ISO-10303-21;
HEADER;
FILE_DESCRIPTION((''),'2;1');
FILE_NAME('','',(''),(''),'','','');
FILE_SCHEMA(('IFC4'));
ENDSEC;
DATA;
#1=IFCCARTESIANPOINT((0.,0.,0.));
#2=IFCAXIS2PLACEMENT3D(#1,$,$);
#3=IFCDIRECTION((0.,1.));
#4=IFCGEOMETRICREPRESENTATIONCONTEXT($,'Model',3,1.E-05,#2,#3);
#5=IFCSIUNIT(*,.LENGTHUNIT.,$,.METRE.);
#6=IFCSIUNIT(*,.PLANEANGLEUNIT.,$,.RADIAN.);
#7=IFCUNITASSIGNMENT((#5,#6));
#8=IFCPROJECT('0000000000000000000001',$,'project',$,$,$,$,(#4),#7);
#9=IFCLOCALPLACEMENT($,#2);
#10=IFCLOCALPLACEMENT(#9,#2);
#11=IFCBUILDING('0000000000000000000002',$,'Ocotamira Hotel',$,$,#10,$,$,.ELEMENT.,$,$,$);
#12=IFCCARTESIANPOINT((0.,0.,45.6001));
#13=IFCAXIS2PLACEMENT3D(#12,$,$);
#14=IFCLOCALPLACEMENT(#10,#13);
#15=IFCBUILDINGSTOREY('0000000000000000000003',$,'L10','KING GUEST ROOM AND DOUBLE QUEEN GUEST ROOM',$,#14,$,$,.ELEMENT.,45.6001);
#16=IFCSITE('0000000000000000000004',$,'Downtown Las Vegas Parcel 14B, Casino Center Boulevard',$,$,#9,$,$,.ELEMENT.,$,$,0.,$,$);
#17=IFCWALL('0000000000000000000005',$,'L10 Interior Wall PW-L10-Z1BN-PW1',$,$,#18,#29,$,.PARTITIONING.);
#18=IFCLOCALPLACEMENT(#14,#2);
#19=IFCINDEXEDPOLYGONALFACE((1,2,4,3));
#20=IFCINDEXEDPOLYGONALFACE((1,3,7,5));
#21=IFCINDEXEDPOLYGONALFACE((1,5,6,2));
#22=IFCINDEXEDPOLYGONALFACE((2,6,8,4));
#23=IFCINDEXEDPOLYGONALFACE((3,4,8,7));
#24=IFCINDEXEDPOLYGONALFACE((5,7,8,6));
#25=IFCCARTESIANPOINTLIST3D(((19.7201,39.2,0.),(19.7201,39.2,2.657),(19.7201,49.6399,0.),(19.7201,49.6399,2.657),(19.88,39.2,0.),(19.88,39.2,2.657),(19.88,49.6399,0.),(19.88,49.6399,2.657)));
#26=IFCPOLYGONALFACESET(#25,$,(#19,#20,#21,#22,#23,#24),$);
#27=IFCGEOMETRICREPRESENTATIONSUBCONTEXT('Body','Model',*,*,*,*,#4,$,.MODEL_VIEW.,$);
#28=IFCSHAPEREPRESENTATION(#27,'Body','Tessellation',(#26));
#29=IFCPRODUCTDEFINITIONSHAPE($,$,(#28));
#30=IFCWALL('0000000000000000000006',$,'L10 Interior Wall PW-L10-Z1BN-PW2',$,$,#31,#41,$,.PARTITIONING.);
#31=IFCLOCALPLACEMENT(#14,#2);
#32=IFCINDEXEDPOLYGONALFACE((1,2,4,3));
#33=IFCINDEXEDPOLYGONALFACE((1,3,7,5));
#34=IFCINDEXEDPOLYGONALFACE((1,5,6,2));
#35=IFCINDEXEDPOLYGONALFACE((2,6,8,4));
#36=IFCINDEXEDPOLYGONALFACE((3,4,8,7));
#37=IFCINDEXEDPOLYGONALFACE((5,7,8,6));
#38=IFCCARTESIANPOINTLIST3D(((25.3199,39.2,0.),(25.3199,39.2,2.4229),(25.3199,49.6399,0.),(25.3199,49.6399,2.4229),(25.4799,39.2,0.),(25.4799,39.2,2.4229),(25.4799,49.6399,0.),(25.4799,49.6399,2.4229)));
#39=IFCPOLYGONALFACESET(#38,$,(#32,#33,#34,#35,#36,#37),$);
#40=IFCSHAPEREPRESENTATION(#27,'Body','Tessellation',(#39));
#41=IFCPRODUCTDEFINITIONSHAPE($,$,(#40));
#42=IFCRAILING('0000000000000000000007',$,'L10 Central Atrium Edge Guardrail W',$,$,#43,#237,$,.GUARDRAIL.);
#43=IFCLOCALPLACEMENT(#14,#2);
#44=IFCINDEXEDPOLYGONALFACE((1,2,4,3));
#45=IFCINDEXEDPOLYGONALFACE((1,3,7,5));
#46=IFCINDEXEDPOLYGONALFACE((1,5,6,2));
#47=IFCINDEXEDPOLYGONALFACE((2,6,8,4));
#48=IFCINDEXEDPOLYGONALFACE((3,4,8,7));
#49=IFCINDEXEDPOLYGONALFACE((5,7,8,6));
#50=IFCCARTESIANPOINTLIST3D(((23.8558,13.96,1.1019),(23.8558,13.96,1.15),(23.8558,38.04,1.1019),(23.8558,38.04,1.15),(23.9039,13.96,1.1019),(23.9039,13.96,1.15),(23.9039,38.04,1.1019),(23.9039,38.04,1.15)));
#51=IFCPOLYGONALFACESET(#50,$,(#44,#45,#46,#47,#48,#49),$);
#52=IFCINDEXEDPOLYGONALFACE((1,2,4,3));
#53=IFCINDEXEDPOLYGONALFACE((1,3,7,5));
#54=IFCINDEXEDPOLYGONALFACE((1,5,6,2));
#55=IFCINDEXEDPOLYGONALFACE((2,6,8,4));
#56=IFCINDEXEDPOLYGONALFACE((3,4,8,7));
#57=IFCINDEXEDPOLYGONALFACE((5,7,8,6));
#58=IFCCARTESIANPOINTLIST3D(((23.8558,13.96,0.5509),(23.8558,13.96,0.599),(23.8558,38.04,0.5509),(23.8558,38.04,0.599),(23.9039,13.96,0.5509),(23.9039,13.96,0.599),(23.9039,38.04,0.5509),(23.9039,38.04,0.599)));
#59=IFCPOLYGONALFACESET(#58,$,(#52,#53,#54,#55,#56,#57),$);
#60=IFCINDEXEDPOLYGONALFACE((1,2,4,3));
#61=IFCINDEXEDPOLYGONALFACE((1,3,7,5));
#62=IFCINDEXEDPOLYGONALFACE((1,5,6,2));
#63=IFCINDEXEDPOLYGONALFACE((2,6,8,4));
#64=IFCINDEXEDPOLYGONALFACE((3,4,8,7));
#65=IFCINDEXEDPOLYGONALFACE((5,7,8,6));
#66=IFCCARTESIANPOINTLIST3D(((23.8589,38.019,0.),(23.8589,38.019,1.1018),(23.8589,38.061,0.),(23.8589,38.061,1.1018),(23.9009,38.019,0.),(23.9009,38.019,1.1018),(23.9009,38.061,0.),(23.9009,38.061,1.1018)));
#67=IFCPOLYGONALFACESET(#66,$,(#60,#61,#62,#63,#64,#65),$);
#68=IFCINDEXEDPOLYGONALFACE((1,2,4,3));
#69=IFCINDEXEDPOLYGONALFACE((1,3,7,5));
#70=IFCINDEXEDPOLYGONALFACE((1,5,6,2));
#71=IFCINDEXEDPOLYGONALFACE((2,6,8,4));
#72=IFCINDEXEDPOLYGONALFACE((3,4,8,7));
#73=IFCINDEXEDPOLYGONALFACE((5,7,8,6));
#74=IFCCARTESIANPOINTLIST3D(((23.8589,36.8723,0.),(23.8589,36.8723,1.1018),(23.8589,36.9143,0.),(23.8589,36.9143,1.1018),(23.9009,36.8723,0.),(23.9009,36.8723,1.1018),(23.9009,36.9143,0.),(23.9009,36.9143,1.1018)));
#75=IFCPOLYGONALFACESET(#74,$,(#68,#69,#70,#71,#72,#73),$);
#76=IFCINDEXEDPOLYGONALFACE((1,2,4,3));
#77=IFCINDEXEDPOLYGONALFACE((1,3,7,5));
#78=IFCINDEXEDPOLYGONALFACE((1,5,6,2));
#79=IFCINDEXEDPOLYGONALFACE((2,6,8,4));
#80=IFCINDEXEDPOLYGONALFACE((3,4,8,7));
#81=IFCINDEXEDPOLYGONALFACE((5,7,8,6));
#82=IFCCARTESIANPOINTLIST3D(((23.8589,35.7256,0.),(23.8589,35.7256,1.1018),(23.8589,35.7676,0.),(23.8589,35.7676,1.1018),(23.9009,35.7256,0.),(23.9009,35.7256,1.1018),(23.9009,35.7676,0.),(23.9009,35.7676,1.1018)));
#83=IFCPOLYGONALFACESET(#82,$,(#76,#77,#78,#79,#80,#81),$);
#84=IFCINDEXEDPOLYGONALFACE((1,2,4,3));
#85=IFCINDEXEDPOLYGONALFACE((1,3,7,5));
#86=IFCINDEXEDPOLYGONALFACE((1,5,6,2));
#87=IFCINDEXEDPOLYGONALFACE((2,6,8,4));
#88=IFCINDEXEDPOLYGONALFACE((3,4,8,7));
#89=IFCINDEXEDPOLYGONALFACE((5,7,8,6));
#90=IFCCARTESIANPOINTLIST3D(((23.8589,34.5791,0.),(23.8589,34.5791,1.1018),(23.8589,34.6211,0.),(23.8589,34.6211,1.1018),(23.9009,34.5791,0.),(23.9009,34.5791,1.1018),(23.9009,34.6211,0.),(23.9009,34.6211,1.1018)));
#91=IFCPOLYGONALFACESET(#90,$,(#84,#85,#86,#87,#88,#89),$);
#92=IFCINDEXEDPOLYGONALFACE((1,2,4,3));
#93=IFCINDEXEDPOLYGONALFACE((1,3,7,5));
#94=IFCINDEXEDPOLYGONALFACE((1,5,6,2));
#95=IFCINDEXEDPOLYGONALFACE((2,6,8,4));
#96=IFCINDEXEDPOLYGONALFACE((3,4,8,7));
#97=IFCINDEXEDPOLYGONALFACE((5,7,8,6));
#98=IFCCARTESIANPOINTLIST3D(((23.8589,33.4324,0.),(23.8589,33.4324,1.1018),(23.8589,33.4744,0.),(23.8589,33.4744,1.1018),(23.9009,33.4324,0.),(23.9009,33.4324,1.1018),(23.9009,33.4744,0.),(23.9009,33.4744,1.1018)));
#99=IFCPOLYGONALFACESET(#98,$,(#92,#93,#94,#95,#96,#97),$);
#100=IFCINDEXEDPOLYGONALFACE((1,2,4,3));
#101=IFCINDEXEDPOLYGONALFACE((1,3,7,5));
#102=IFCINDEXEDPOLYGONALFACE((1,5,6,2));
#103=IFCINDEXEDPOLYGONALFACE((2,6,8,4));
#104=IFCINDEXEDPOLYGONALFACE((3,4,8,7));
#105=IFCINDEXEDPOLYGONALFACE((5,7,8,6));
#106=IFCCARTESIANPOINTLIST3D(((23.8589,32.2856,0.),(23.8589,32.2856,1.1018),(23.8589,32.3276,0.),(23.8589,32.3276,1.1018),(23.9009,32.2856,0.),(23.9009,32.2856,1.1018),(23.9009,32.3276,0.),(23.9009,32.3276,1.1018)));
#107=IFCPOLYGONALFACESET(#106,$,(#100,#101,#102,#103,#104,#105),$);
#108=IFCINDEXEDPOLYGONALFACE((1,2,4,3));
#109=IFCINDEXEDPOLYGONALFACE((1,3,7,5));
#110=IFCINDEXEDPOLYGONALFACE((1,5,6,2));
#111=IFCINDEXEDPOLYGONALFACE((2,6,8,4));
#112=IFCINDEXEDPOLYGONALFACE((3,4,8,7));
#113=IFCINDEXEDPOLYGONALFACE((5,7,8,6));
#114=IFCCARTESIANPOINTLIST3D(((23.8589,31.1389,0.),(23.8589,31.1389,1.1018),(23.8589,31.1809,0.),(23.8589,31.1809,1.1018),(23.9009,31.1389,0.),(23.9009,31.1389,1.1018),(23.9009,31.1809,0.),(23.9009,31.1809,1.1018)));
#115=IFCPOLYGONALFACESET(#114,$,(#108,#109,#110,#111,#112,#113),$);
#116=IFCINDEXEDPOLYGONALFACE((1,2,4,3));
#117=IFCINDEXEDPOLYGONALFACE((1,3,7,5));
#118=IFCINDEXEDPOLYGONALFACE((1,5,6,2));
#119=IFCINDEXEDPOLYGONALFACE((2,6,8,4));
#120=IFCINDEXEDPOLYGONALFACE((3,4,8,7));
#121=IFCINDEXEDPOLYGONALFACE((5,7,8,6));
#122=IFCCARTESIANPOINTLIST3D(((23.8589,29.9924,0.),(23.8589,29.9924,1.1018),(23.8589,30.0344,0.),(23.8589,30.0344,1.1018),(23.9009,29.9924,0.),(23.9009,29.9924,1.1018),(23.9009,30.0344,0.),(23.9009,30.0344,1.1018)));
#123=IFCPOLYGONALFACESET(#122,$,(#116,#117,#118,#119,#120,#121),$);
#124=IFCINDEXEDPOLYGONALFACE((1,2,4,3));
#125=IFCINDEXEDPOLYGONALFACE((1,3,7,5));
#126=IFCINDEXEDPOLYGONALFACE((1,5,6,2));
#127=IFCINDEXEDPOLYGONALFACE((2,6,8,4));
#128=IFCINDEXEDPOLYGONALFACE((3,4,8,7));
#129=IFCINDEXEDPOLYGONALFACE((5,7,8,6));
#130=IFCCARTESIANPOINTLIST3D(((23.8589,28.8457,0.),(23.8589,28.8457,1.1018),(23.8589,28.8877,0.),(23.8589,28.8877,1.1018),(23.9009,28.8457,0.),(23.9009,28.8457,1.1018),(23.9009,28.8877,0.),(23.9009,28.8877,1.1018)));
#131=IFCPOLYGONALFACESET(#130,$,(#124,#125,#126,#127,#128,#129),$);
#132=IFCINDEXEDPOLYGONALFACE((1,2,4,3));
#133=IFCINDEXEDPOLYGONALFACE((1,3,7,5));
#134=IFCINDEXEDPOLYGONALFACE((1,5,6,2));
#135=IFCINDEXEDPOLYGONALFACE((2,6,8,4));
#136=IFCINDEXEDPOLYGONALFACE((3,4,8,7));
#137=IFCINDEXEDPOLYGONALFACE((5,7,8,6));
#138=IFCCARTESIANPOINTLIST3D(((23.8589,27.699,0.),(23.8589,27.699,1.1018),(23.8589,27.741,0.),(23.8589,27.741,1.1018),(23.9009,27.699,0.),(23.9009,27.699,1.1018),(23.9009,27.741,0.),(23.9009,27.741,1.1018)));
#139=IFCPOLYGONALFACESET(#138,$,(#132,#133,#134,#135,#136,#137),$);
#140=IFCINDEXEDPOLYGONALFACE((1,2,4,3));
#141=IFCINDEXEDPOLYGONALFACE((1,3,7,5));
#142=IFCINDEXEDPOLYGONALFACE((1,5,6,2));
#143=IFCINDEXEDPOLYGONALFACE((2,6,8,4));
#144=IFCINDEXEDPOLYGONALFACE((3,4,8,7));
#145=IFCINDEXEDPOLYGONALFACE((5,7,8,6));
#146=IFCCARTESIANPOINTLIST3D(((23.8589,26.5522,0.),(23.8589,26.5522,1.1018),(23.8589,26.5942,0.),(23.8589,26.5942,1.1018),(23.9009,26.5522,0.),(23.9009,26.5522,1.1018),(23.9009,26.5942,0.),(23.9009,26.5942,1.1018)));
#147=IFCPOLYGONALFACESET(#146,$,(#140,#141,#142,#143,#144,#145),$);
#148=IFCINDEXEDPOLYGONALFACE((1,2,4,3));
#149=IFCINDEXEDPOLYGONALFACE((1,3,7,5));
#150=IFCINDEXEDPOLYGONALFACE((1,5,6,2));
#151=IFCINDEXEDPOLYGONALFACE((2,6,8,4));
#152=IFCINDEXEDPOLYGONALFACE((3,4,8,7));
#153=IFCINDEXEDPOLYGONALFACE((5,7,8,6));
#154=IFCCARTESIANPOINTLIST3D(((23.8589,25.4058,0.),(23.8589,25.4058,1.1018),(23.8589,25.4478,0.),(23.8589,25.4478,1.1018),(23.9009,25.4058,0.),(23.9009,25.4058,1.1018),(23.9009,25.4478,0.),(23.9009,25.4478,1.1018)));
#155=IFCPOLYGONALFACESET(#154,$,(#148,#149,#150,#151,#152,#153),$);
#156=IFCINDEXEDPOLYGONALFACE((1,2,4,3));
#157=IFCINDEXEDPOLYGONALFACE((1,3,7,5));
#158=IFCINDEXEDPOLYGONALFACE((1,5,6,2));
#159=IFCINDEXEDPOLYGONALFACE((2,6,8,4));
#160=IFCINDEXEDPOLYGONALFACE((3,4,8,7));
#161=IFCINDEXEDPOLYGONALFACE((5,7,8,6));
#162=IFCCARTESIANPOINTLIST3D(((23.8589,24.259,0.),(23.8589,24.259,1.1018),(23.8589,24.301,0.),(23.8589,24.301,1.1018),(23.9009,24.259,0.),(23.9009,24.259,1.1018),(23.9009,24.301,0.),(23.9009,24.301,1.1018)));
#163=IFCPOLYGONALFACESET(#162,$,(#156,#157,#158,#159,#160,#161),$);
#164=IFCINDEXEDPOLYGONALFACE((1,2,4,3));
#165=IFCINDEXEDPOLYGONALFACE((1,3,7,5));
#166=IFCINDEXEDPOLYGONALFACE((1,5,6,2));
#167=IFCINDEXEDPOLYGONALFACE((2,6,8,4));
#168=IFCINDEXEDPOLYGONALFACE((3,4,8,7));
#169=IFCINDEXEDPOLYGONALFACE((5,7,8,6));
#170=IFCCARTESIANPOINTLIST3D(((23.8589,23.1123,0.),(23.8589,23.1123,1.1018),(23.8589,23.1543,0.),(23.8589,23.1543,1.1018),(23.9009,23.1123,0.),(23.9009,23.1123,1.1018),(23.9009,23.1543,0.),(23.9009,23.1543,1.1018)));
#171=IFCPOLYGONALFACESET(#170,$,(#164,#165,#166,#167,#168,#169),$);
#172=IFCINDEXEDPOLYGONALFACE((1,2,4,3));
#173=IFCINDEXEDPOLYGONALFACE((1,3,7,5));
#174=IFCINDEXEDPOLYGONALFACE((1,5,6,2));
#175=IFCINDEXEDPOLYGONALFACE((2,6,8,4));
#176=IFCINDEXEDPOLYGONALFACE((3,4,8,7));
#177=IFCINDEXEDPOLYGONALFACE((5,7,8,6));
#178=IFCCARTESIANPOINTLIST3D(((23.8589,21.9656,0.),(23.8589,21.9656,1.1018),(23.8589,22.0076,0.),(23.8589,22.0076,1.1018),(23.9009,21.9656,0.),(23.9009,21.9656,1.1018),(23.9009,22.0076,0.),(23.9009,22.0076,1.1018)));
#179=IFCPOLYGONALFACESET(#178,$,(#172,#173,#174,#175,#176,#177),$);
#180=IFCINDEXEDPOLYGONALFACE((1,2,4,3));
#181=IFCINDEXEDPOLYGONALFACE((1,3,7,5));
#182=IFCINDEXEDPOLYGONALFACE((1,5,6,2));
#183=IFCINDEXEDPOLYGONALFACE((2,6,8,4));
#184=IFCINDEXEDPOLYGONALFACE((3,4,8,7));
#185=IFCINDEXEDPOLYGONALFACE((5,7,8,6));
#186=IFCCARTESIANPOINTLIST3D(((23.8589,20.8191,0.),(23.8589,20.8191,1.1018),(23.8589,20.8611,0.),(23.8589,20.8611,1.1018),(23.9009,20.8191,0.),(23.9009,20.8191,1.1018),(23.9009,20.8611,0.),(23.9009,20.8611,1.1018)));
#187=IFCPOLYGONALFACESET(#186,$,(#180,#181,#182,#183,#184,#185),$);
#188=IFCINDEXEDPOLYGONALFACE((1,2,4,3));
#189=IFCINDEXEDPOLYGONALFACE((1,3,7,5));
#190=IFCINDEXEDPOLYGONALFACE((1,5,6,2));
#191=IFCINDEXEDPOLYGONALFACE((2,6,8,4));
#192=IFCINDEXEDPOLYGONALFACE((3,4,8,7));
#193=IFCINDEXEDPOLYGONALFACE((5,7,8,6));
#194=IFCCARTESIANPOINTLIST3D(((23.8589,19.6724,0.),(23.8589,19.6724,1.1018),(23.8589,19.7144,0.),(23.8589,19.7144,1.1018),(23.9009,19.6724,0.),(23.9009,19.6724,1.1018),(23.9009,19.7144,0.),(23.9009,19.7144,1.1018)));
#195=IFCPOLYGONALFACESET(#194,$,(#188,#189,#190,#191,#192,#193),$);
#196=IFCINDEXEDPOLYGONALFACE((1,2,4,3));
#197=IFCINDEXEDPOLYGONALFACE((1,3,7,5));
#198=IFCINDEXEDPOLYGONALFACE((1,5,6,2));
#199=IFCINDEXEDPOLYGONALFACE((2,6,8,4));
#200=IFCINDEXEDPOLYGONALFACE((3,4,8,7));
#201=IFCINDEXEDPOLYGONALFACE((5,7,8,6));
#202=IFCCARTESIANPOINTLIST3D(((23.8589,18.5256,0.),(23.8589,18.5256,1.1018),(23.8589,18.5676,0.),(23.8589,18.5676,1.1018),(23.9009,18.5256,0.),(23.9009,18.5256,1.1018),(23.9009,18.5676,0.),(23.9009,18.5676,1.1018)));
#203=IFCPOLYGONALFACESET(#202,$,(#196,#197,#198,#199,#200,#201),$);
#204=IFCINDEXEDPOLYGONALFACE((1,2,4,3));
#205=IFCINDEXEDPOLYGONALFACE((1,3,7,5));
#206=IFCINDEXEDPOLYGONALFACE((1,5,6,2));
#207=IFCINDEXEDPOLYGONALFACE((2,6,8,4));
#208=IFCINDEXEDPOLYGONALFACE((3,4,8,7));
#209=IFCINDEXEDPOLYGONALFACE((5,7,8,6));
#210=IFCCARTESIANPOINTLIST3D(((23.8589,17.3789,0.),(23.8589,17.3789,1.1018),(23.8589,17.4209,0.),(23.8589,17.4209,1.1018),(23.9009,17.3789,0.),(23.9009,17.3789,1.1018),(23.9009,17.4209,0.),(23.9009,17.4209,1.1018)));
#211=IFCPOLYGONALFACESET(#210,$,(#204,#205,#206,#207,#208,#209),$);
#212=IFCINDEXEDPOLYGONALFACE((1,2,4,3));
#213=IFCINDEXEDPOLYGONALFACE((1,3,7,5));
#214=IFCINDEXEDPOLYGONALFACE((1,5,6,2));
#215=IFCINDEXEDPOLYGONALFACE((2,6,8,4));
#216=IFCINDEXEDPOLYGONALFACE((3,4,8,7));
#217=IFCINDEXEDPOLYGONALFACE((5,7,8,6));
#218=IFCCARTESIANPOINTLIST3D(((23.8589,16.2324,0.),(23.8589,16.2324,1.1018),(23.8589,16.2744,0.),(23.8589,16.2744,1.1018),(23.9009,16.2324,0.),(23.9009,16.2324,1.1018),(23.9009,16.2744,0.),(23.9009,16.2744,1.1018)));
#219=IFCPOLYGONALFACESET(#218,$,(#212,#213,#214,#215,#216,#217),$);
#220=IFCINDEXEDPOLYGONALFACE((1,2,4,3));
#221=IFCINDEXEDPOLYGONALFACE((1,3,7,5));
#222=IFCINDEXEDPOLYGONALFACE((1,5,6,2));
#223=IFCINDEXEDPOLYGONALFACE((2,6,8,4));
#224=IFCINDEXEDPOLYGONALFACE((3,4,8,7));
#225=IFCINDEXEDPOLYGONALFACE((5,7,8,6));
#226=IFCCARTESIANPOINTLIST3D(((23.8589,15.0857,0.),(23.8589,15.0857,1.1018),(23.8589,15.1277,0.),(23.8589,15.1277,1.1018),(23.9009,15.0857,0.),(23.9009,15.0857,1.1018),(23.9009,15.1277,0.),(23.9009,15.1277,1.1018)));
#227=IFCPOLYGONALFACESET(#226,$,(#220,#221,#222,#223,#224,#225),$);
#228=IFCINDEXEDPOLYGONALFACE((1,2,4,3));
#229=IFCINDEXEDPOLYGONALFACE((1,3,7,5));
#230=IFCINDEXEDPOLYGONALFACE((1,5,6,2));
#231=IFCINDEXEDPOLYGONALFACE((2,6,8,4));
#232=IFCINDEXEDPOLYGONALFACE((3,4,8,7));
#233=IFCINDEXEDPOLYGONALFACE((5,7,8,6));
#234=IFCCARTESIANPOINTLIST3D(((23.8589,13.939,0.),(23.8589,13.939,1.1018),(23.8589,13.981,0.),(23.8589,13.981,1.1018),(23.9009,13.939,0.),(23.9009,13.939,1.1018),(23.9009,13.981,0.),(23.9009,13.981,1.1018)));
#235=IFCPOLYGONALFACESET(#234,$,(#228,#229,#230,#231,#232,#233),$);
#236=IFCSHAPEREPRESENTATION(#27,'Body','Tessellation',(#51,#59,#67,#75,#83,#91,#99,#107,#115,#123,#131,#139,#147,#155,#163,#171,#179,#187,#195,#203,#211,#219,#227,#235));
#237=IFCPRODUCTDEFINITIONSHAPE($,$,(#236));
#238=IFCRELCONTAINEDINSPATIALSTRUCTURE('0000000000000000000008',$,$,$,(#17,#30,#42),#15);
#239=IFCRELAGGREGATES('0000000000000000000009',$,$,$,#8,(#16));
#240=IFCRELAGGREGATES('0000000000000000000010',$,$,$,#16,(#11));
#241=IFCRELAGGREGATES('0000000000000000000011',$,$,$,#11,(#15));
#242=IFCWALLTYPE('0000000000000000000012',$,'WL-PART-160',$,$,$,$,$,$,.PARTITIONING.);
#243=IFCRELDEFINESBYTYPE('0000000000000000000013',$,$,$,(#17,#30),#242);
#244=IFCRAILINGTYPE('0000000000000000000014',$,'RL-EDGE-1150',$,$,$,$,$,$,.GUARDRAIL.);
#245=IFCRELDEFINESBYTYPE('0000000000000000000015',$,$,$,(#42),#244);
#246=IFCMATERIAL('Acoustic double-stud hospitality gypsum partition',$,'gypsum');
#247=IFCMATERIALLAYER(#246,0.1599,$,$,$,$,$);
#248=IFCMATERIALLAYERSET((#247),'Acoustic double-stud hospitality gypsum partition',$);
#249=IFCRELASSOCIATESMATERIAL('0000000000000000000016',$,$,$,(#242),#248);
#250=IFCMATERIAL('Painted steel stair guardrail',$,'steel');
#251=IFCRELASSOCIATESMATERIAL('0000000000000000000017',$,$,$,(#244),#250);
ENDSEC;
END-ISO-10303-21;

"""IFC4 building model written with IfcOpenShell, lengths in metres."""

from ifc_helpers import new_model, si_unit, direction, frame, frame_2d, origin, origin_2d, place, context, subcontext, project, spatial, rectangle, extrude, material, layer, layer_set, type_object, element, save


model = new_model("IFC4")

# Units and contexts
model_context = context("Model", 3, precision=1e-05, world=origin(), true_north=direction((0.0, 1.0)))
body_context = subcontext(model_context, "Body", "Model", "MODEL_VIEW")
ifc_project = project(units=[si_unit("LENGTHUNIT", "METRE"), si_unit("PLANEANGLEUNIT", "RADIAN")], contexts=[model_context])

# Site, building, storey
site_placement = place(None, origin())
site = spatial("IfcSite", under=ifc_project, at=site_placement, Name="Downtown Las Vegas Parcel 14B, Casino Center Boulevard", CompositionType="ELEMENT", RefElevation=0.0)
building_placement = place(site_placement, origin())
building = spatial("IfcBuilding", under=site, at=building_placement, Name="Ocotamira Hotel", CompositionType="ELEMENT")
storey_placement = place(building_placement, frame((0.0, 0.0, 45.6001)))
storey = spatial("IfcBuildingStorey", under=building, at=storey_placement, Name="L10", Description="KING GUEST ROOM AND DOUBLE QUEEN GUEST ROOM", CompositionType="ELEMENT", Elevation=45.6001)

# Walls
ifc_material_1 = material(Name="Acoustic double-stud hospitality gypsum partition", Category="gypsum")
ifc_layer_1 = layer(ifc_material_1, 0.1599)
ifc_layer_set_1 = layer_set([ifc_layer_1], Name="Acoustic double-stud hospitality gypsum partition")
wall_type_1 = type_object("IfcWallType", Name="WL-PART-160", PredefinedType="PARTITIONING", material=ifc_layer_set_1)
wall_1_placement = place(storey_placement, frame((19.8, 39.2, 0.0), z_axis=(0.0, 0.0, 1.0), x_axis=(0.0, 1.0, 0.0)))
element("IfcWall", 1, at=wall_1_placement, inside=storey, type_object=wall_type_1, Name="L10 Interior Wall PW-L10-Z1BN-PW1", PredefinedType="PARTITIONING", context=body_context, shape_type="SweptSolid", body=[
    extrude(rectangle(XDim=10.4399, YDim=0.1599, at=frame_2d((5.22, 0.0))), origin(), (0.0, 0.0, 1.0), 2.657),
])
wall_2_placement = place(storey_placement, frame((25.3999, 39.2, 0.0), z_axis=(0.0, 0.0, 1.0), x_axis=(0.0, 1.0, 0.0)))
element("IfcWall", 2, at=wall_2_placement, inside=storey, type_object=wall_type_1, Name="L10 Interior Wall PW-L10-Z1BN-PW2", PredefinedType="PARTITIONING", context=body_context, shape_type="SweptSolid", body=[
    extrude(rectangle(XDim=10.4399, YDim=0.1599, at=frame_2d((5.22, 0.0))), origin(), (0.0, 0.0, 1.0), 2.4229),
])

# Railing
ifc_material_2 = material(Name="Painted steel stair guardrail", Category="steel")
railing_type = type_object("IfcRailingType", Name="RL-EDGE-1150", PredefinedType="GUARDRAIL", material=ifc_material_2)
railing_placement = place(storey_placement, frame((23.8799, 38.04, 0.0)))
element("IfcRailing", 3, at=railing_placement, inside=storey, type_object=railing_type, Name="L10 Central Atrium Edge Guardrail W", PredefinedType="GUARDRAIL", context=body_context, shape_type="SweptSolid", body=[
    extrude(rectangle(XDim=0.0481, YDim=0.0481, at=origin_2d()), frame((0.0, 0.0, 1.126), z_axis=(0.0, -1.0, 0.0), x_axis=(1.0, 0.0, 0.0)), (0.0, 0.0, 1.0), 24.0801),
    extrude(rectangle(XDim=0.0481, YDim=0.0481, at=origin_2d()), frame((0.0, 0.0, 0.575), z_axis=(0.0, -1.0, 0.0), x_axis=(1.0, 0.0, 0.0)), (0.0, 0.0, 1.0), 24.0801),
    extrude(rectangle(XDim=0.042, YDim=0.042, at=origin_2d()), origin(), (0.0, 0.0, 1.0), 1.1018),
    extrude(rectangle(XDim=0.042, YDim=0.042, at=origin_2d()), frame((0.0, -1.1467, 0.0)), (0.0, 0.0, 1.0), 1.1018),
    extrude(rectangle(XDim=0.042, YDim=0.042, at=origin_2d()), frame((0.0, -2.2935, 0.0)), (0.0, 0.0, 1.0), 1.1018),
    extrude(rectangle(XDim=0.042, YDim=0.042, at=origin_2d()), frame((0.0, -3.4399, 0.0)), (0.0, 0.0, 1.0), 1.1018),
    extrude(rectangle(XDim=0.042, YDim=0.042, at=origin_2d()), frame((0.0, -4.5867, 0.0)), (0.0, 0.0, 1.0), 1.1018),
    extrude(rectangle(XDim=0.042, YDim=0.042, at=origin_2d()), frame((0.0, -5.7334, 0.0)), (0.0, 0.0, 1.0), 1.1018),
    extrude(rectangle(XDim=0.042, YDim=0.042, at=origin_2d()), frame((0.0, -6.8801, 0.0)), (0.0, 0.0, 1.0), 1.1018),
    extrude(rectangle(XDim=0.042, YDim=0.042, at=origin_2d()), frame((0.0, -8.0266, 0.0)), (0.0, 0.0, 1.0), 1.1018),
    extrude(rectangle(XDim=0.042, YDim=0.042, at=origin_2d()), frame((0.0, -9.1733, 0.0)), (0.0, 0.0, 1.0), 1.1018),
    extrude(rectangle(XDim=0.042, YDim=0.042, at=origin_2d()), frame((0.0, -10.3201, 0.0)), (0.0, 0.0, 1.0), 1.1018),
    extrude(rectangle(XDim=0.042, YDim=0.042, at=origin_2d()), frame((0.0, -11.4668, 0.0)), (0.0, 0.0, 1.0), 1.1018),
    extrude(rectangle(XDim=0.042, YDim=0.042, at=origin_2d()), frame((0.0, -12.6133, 0.0)), (0.0, 0.0, 1.0), 1.1018),
    extrude(rectangle(XDim=0.042, YDim=0.042, at=origin_2d()), frame((0.0, -13.76, 0.0)), (0.0, 0.0, 1.0), 1.1018),
    extrude(rectangle(XDim=0.042, YDim=0.042, at=origin_2d()), frame((0.0, -14.9067, 0.0)), (0.0, 0.0, 1.0), 1.1018),
    extrude(rectangle(XDim=0.042, YDim=0.042, at=origin_2d()), frame((0.0, -16.0535, 0.0)), (0.0, 0.0, 1.0), 1.1018),
    extrude(rectangle(XDim=0.042, YDim=0.042, at=origin_2d()), frame((0.0, -17.2, 0.0)), (0.0, 0.0, 1.0), 1.1018),
    extrude(rectangle(XDim=0.042, YDim=0.042, at=origin_2d()), frame((0.0, -18.3467, 0.0)), (0.0, 0.0, 1.0), 1.1018),
    extrude(rectangle(XDim=0.042, YDim=0.042, at=origin_2d()), frame((0.0, -19.4934, 0.0)), (0.0, 0.0, 1.0), 1.1018),
    extrude(rectangle(XDim=0.042, YDim=0.042, at=origin_2d()), frame((0.0, -20.6401, 0.0)), (0.0, 0.0, 1.0), 1.1018),
    extrude(rectangle(XDim=0.042, YDim=0.042, at=origin_2d()), frame((0.0, -21.7866, 0.0)), (0.0, 0.0, 1.0), 1.1018),
    extrude(rectangle(XDim=0.042, YDim=0.042, at=origin_2d()), frame((0.0, -22.9333, 0.0)), (0.0, 0.0, 1.0), 1.1018),
    extrude(rectangle(XDim=0.042, YDim=0.042, at=origin_2d()), frame((0.0, -24.0801, 0.0)), (0.0, 0.0, 1.0), 1.1018),
])

save(model, "model.ifc")
